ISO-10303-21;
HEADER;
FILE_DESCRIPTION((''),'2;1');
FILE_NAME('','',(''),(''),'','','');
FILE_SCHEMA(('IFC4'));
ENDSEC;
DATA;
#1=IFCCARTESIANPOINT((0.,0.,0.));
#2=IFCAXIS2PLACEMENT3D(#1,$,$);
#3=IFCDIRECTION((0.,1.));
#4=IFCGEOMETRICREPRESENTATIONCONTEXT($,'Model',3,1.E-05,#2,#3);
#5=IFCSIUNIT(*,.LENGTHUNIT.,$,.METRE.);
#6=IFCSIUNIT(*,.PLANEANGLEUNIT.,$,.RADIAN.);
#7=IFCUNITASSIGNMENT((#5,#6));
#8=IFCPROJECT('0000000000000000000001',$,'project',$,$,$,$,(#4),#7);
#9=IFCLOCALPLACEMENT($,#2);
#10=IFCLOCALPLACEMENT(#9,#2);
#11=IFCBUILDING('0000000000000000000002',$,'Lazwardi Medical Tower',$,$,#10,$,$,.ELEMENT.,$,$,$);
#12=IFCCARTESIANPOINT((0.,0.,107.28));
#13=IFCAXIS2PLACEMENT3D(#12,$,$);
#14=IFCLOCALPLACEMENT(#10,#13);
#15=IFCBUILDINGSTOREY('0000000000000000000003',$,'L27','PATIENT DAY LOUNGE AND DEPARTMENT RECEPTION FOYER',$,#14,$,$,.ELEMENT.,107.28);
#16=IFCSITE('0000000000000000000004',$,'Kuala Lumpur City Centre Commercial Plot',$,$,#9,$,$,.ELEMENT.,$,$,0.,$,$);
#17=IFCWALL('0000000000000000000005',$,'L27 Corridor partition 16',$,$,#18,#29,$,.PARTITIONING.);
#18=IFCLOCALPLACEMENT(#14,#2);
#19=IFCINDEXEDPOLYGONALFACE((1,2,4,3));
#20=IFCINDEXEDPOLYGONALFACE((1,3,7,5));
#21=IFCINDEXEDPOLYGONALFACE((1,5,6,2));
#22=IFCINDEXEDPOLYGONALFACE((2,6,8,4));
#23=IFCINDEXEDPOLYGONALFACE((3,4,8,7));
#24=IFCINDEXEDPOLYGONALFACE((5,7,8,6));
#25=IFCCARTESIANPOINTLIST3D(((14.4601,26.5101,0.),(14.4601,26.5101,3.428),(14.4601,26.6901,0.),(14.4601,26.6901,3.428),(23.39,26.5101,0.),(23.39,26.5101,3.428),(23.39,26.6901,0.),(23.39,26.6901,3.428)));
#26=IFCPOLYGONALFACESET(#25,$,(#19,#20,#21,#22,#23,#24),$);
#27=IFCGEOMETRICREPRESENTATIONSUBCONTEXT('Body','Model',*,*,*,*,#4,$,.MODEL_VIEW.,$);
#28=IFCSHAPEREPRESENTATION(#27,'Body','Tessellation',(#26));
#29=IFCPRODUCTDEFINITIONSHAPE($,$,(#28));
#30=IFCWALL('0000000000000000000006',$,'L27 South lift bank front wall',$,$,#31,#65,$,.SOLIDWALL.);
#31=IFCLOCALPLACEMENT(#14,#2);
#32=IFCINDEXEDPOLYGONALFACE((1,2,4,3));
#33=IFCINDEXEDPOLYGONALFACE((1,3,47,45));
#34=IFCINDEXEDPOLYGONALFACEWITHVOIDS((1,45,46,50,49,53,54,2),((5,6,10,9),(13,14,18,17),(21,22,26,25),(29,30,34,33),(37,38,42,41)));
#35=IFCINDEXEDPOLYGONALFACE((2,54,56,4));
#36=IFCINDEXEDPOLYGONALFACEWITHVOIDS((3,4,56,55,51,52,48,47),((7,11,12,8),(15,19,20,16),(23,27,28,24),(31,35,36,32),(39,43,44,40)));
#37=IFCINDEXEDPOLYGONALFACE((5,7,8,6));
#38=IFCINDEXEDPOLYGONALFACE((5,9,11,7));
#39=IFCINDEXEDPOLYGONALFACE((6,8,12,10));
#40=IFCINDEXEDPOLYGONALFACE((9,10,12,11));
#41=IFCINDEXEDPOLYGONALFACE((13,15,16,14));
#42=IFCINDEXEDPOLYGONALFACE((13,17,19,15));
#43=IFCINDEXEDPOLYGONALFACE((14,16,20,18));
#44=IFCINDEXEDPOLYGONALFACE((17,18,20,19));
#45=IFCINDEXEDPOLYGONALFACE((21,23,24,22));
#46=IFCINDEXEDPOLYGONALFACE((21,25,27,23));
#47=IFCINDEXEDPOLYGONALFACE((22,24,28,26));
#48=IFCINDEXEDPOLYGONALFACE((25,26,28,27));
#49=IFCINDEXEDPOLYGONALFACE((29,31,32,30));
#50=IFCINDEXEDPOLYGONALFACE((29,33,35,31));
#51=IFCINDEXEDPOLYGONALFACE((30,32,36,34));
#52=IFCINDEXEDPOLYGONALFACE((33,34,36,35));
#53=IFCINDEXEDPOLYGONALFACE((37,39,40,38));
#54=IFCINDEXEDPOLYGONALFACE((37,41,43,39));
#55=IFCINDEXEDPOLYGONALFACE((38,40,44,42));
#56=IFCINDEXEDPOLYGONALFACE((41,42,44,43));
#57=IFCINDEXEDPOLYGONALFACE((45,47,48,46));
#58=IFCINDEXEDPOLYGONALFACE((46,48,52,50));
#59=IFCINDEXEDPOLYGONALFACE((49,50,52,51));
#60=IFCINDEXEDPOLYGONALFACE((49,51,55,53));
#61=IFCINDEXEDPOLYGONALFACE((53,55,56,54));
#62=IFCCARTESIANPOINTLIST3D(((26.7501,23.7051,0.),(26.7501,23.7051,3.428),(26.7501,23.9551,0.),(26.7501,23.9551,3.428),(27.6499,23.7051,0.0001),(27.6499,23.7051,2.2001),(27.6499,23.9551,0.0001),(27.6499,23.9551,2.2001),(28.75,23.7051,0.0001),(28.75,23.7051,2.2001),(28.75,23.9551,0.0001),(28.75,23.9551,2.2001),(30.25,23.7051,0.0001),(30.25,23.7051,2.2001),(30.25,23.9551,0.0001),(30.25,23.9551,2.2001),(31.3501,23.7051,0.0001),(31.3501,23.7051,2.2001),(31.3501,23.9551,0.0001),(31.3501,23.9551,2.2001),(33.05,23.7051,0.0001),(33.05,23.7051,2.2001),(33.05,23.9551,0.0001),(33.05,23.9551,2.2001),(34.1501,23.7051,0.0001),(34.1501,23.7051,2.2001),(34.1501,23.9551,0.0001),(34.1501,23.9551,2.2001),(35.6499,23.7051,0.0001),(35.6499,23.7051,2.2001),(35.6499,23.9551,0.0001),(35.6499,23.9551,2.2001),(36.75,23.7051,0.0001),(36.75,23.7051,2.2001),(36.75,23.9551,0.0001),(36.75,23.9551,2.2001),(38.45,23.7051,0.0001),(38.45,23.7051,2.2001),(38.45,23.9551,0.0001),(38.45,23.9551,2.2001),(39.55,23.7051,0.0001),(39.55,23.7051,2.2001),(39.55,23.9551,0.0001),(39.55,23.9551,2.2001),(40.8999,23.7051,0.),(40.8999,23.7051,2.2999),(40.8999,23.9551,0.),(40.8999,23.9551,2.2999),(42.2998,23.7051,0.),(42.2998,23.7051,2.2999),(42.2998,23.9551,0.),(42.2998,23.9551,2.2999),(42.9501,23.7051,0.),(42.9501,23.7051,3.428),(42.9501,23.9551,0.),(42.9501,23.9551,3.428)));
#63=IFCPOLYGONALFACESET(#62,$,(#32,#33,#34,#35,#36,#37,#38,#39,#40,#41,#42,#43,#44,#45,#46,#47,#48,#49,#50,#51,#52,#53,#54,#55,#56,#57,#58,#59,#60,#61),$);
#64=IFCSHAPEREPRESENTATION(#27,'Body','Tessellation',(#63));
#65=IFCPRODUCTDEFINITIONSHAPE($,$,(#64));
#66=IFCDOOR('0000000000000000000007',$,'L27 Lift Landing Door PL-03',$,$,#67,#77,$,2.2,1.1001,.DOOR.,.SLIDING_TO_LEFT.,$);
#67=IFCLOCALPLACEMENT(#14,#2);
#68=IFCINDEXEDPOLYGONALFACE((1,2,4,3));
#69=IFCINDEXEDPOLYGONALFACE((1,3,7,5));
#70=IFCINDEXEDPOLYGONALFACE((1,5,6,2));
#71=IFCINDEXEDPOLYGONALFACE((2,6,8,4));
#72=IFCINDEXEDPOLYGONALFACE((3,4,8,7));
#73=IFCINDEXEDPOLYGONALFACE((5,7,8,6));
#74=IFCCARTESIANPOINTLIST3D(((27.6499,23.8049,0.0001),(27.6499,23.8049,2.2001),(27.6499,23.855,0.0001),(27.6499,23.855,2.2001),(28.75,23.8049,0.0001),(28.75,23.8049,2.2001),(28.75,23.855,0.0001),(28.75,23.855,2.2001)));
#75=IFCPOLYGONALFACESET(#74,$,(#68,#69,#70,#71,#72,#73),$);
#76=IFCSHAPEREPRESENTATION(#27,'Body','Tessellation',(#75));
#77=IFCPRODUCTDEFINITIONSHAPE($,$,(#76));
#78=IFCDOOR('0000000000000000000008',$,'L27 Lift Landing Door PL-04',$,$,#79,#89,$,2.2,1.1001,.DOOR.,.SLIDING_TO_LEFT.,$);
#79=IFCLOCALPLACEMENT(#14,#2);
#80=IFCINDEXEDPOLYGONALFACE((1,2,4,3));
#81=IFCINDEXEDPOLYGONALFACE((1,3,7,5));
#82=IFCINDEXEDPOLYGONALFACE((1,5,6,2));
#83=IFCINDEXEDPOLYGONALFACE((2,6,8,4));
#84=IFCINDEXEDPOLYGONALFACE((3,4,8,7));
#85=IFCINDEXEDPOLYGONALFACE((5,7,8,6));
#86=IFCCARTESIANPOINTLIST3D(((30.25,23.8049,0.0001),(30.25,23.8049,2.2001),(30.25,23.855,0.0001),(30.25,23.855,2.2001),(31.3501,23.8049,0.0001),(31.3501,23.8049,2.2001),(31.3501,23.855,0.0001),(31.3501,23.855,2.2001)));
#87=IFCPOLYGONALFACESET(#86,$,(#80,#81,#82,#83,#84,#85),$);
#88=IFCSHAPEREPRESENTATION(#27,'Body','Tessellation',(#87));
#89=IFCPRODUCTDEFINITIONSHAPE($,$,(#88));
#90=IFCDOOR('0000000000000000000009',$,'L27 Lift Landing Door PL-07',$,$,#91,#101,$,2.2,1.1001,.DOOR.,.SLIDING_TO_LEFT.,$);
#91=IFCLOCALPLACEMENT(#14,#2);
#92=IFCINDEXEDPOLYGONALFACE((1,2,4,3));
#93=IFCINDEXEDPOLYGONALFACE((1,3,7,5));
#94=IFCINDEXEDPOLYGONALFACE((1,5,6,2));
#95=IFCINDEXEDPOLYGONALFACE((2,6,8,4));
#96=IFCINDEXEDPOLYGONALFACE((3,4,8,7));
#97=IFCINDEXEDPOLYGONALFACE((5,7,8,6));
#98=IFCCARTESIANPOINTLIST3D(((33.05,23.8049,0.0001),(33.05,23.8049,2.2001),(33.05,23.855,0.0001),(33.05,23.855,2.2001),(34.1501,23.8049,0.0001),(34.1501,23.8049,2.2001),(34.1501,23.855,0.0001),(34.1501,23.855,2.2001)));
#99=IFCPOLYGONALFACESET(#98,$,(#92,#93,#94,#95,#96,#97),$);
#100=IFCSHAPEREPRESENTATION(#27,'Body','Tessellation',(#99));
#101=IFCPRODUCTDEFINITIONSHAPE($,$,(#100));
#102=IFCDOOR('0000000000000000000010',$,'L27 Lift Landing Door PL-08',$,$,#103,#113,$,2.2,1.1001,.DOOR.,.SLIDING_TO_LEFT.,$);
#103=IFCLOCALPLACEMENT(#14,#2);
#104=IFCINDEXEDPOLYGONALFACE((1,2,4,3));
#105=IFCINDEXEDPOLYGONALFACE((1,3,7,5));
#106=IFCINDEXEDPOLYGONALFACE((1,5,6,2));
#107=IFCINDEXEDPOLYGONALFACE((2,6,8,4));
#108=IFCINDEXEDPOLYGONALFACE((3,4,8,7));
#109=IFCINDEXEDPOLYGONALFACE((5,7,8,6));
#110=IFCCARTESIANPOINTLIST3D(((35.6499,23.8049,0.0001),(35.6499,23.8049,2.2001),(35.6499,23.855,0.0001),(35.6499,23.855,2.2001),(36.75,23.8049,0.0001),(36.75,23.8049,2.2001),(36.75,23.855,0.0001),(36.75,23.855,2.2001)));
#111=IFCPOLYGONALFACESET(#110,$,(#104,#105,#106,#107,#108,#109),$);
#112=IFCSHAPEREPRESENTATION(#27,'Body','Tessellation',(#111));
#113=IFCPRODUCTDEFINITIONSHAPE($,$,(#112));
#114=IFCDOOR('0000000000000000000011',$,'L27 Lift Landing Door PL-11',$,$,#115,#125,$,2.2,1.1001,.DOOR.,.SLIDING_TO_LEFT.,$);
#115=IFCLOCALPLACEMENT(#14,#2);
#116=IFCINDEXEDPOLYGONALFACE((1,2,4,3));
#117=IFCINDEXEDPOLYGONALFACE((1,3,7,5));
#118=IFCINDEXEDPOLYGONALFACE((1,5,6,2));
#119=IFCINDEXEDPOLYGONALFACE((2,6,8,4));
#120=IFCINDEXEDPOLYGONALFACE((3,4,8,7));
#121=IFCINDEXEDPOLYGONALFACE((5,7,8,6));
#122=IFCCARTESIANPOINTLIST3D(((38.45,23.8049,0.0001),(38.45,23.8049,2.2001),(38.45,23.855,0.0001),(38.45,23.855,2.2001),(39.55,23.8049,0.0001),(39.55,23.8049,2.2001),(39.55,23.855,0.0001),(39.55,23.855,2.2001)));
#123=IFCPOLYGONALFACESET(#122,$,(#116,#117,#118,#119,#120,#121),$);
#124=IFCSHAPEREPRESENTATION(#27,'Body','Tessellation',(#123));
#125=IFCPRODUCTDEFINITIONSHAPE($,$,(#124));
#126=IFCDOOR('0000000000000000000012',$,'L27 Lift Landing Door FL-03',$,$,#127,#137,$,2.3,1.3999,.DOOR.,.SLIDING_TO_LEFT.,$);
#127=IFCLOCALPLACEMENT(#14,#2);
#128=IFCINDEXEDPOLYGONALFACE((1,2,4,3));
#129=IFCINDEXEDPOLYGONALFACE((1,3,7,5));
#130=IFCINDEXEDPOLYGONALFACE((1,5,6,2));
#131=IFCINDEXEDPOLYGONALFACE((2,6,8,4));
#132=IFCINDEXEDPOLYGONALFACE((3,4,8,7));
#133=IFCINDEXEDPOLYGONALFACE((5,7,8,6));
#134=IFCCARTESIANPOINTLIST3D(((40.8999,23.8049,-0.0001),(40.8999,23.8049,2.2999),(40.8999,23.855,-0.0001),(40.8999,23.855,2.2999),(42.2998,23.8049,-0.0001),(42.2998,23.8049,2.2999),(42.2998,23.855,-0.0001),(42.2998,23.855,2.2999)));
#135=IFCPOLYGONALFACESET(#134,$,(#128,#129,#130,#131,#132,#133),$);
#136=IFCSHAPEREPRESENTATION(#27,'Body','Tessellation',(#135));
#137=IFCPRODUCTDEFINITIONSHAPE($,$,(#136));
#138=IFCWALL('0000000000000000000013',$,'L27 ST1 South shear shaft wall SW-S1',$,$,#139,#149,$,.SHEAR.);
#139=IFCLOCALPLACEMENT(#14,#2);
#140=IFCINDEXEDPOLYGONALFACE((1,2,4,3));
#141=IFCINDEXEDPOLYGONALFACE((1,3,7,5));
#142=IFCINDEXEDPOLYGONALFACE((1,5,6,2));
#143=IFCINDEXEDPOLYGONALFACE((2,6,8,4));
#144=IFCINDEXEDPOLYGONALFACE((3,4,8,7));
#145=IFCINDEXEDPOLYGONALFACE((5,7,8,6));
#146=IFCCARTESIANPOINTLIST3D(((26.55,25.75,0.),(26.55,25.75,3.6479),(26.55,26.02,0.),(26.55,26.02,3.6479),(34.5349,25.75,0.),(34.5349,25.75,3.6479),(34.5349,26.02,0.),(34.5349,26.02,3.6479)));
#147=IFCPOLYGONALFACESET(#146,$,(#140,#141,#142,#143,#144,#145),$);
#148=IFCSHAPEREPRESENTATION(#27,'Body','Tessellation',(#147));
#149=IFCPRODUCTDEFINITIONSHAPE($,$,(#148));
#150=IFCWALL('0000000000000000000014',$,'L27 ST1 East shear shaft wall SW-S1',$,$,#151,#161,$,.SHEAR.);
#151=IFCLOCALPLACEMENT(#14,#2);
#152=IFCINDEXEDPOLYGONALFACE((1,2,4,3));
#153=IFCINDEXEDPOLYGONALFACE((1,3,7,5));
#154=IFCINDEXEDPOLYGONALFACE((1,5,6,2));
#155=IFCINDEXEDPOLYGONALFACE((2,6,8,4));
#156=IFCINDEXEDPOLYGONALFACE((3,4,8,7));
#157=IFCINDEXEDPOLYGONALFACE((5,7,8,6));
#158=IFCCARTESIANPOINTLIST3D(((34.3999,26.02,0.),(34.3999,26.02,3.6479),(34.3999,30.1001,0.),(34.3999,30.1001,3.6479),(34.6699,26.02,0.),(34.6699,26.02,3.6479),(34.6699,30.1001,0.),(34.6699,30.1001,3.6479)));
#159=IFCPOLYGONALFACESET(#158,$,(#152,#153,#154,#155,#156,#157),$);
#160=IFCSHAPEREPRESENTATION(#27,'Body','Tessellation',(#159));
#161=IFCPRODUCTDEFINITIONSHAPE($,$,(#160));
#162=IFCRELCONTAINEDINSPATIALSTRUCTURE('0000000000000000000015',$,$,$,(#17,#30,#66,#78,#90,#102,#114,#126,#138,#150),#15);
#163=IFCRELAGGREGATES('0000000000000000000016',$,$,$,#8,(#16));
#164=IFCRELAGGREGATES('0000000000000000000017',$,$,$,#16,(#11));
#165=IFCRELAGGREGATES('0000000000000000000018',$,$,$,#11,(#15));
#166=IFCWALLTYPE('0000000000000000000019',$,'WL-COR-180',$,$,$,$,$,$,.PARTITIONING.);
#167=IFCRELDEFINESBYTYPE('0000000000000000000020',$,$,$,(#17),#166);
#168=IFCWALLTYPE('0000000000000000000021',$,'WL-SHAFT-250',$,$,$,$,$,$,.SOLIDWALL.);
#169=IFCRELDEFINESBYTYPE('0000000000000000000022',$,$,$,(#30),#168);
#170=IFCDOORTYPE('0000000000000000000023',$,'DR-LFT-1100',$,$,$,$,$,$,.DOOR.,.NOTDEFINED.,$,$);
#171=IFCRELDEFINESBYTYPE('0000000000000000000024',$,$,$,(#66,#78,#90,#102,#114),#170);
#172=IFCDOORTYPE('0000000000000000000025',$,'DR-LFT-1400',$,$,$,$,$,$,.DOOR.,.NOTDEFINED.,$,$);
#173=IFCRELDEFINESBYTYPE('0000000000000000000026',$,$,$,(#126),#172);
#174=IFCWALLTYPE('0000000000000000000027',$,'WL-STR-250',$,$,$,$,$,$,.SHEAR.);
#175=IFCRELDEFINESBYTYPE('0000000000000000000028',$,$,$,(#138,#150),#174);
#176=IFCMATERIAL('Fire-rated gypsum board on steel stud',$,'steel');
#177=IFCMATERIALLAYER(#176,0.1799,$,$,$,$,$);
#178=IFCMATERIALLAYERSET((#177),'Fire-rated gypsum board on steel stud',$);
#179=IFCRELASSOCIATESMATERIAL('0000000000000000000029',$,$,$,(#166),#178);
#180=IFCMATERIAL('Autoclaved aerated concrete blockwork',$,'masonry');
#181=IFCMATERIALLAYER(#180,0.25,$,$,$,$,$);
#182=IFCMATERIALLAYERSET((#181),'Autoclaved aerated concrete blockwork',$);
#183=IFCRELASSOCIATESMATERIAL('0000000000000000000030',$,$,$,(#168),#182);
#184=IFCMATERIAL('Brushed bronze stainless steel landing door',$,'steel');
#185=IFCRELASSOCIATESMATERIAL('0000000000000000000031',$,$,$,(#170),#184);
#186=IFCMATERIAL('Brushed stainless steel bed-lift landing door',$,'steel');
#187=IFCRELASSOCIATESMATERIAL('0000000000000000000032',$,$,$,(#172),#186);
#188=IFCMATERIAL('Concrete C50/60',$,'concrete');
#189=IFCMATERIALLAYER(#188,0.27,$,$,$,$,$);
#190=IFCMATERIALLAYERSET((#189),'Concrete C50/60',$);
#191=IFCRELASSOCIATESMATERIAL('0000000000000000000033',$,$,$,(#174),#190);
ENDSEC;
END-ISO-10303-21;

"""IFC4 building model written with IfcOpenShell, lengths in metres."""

from ifc_helpers import new_model, si_unit, direction, frame, frame_2d, origin, place, context, subcontext, project, spatial, rectangle, extrude, material, layer, layer_set, type_object, element, fill, save


model = new_model("IFC4")

# Units and contexts
model_context = context("Model", 3, precision=1e-05, world=origin(), true_north=direction((0.0, 1.0)))
body_context = subcontext(model_context, "Body", "Model", "MODEL_VIEW")
ifc_project = project(units=[si_unit("LENGTHUNIT", "METRE"), si_unit("PLANEANGLEUNIT", "RADIAN")], contexts=[model_context])

# Site, building, storey
site_placement = place(None, origin())
site = spatial("IfcSite", under=ifc_project, at=site_placement, Name="Kuala Lumpur City Centre Commercial Plot", CompositionType="ELEMENT", RefElevation=0.0)
building_placement = place(site_placement, origin())
building = spatial("IfcBuilding", under=site, at=building_placement, Name="Lazwardi Medical Tower", CompositionType="ELEMENT")
storey_placement = place(building_placement, frame((0.0, 0.0, 107.28)))
storey = spatial("IfcBuildingStorey", under=building, at=storey_placement, Name="L27", Description="PATIENT DAY LOUNGE AND DEPARTMENT RECEPTION FOYER", CompositionType="ELEMENT", Elevation=107.28)

# Wall
ifc_material_1 = material(Name="Fire-rated gypsum board on steel stud", Category="steel")
ifc_layer_1 = layer(ifc_material_1, 0.1799)
ifc_layer_set_1 = layer_set([ifc_layer_1], Name="Fire-rated gypsum board on steel stud")
wall_type_1 = type_object("IfcWallType", Name="WL-COR-180", PredefinedType="PARTITIONING", material=ifc_layer_set_1)
wall_1_placement = place(storey_placement, frame((23.3899, 26.6001, 0.0), z_axis=(0.0, 0.0, 1.0), x_axis=(-1.0, 0.0, 0.0)))
element("IfcWall", 1, at=wall_1_placement, inside=storey, type_object=wall_type_1, Name="L27 Corridor partition 16", PredefinedType="PARTITIONING", context=body_context, shape_type="SweptSolid", body=[
    extrude(rectangle(XDim=8.9299, YDim=0.1799, at=frame_2d((4.4648, 0.0))), origin(), (0.0, 0.0, 1.0), 3.428),
])

# Wall, openings, doors
ifc_material_2 = material(Name="Autoclaved aerated concrete blockwork", Category="masonry")
ifc_layer_2 = layer(ifc_material_2, 0.25)
ifc_layer_set_2 = layer_set([ifc_layer_2], Name="Autoclaved aerated concrete blockwork")
wall_type_2 = type_object("IfcWallType", Name="WL-SHAFT-250", PredefinedType="SOLIDWALL", material=ifc_layer_set_2)
wall_2_placement = place(storey_placement, frame((26.75, 23.8301, 0.0), z_axis=(0.0, 0.0, 1.0), x_axis=(1.0, 0.0, 0.0)))
wall_2 = element("IfcWall", 2, at=wall_2_placement, inside=storey, type_object=wall_type_2, Name="L27 South lift bank front wall", PredefinedType="SOLIDWALL", context=body_context, shape_type="SweptSolid", body=[
    extrude(rectangle(XDim=16.2, YDim=0.25, at=frame_2d((8.1001, 0.0))), origin(), (0.0, 0.0, 1.0), 3.428),
])
opening_1_placement = place(wall_2_placement, frame((0.8999, 0.0, 0.0)))
opening_1 = element("IfcOpeningElement", 3, at=opening_1_placement, cuts=wall_2, PredefinedType="OPENING", context=body_context, shape_type="SweptSolid", body=[
    extrude(rectangle(XDim=1.1001, YDim=2.2, at=frame_2d((0.55, 1.1001))), frame((0.0, 0.135, 0.0), z_axis=(0.0, -1.0, 0.0), x_axis=(1.0, 0.0, 0.0)), (0.0, 0.0, 1.0), 0.27),
])
opening_2_placement = place(wall_2_placement, frame((3.5, 0.0, 0.0)))
opening_2 = element("IfcOpeningElement", 4, at=opening_2_placement, cuts=wall_2, PredefinedType="OPENING", context=body_context, shape_type="SweptSolid", body=[
    extrude(rectangle(XDim=1.1001, YDim=2.2, at=frame_2d((0.55, 1.1001))), frame((0.0, 0.135, 0.0), z_axis=(0.0, -1.0, 0.0), x_axis=(1.0, 0.0, 0.0)), (0.0, 0.0, 1.0), 0.27),
])
opening_3_placement = place(wall_2_placement, frame((6.3, 0.0, 0.0)))
opening_3 = element("IfcOpeningElement", 5, at=opening_3_placement, cuts=wall_2, PredefinedType="OPENING", context=body_context, shape_type="SweptSolid", body=[
    extrude(rectangle(XDim=1.1001, YDim=2.2, at=frame_2d((0.55, 1.1001))), frame((0.0, 0.135, 0.0), z_axis=(0.0, -1.0, 0.0), x_axis=(1.0, 0.0, 0.0)), (0.0, 0.0, 1.0), 0.27),
])
opening_4_placement = place(wall_2_placement, frame((8.8999, 0.0, 0.0)))
opening_4 = element("IfcOpeningElement", 6, at=opening_4_placement, cuts=wall_2, PredefinedType="OPENING", context=body_context, shape_type="SweptSolid", body=[
    extrude(rectangle(XDim=1.1001, YDim=2.2, at=frame_2d((0.55, 1.1001))), frame((0.0, 0.135, 0.0), z_axis=(0.0, -1.0, 0.0), x_axis=(1.0, 0.0, 0.0)), (0.0, 0.0, 1.0), 0.27),
])
opening_5_placement = place(wall_2_placement, frame((11.7, 0.0, 0.0)))
opening_5 = element("IfcOpeningElement", 7, at=opening_5_placement, cuts=wall_2, PredefinedType="OPENING", context=body_context, shape_type="SweptSolid", body=[
    extrude(rectangle(XDim=1.1001, YDim=2.2, at=frame_2d((0.55, 1.1001))), frame((0.0, 0.135, 0.0), z_axis=(0.0, -1.0, 0.0), x_axis=(1.0, 0.0, 0.0)), (0.0, 0.0, 1.0), 0.27),
])
opening_6_placement = place(wall_2_placement, frame((14.1499, 0.0, 0.0)))
opening_6 = element("IfcOpeningElement", 8, at=opening_6_placement, cuts=wall_2, PredefinedType="OPENING", context=body_context, shape_type="SweptSolid", body=[
    extrude(rectangle(XDim=1.3999, YDim=2.3, at=frame_2d((0.7, 1.1499))), frame((0.0, 0.135, 0.0), z_axis=(0.0, -1.0, 0.0), x_axis=(1.0, 0.0, 0.0)), (0.0, 0.0, 1.0), 0.27),
])
ifc_material_3 = material(Name="Brushed bronze stainless steel landing door", Category="steel")
door_type_1 = type_object("IfcDoorType", Name="DR-LFT-1100", OperationType="NOTDEFINED", PredefinedType="DOOR", material=ifc_material_3)
door_1_placement = place(opening_1_placement, origin())
door_1 = element("IfcDoor", 9, at=door_1_placement, inside=storey, type_object=door_type_1, Name="L27 Lift Landing Door PL-03", OperationType="SLIDING_TO_LEFT", OverallHeight=2.2, OverallWidth=1.1001, PredefinedType="DOOR", context=body_context, shape_type="SweptSolid", body=[
    extrude(rectangle(XDim=1.1001, YDim=2.2, at=frame_2d((0.55, 1.1001))), frame((0.0, 0.0249, 0.0), z_axis=(0.0, -1.0, 0.0), x_axis=(1.0, 0.0, 0.0)), (0.0, 0.0, 1.0), 0.05),
])
fill(opening_1, door_1)
door_2_placement = place(opening_2_placement, origin())
door_2 = element("IfcDoor", 10, at=door_2_placement, inside=storey, type_object=door_type_1, Name="L27 Lift Landing Door PL-04", OperationType="SLIDING_TO_LEFT", OverallHeight=2.2, OverallWidth=1.1001, PredefinedType="DOOR", context=body_context, shape_type="SweptSolid", body=[
    extrude(rectangle(XDim=1.1001, YDim=2.2, at=frame_2d((0.55, 1.1001))), frame((0.0, 0.0249, 0.0), z_axis=(0.0, -1.0, 0.0), x_axis=(1.0, 0.0, 0.0)), (0.0, 0.0, 1.0), 0.05),
])
fill(opening_2, door_2)
door_3_placement = place(opening_3_placement, origin())
door_3 = element("IfcDoor", 11, at=door_3_placement, inside=storey, type_object=door_type_1, Name="L27 Lift Landing Door PL-07", OperationType="SLIDING_TO_LEFT", OverallHeight=2.2, OverallWidth=1.1001, PredefinedType="DOOR", context=body_context, shape_type="SweptSolid", body=[
    extrude(rectangle(XDim=1.1001, YDim=2.2, at=frame_2d((0.55, 1.1001))), frame((0.0, 0.0249, 0.0), z_axis=(0.0, -1.0, 0.0), x_axis=(1.0, 0.0, 0.0)), (0.0, 0.0, 1.0), 0.05),
])
fill(opening_3, door_3)
door_4_placement = place(opening_4_placement, origin())
door_4 = element("IfcDoor", 12, at=door_4_placement, inside=storey, type_object=door_type_1, Name="L27 Lift Landing Door PL-08", OperationType="SLIDING_TO_LEFT", OverallHeight=2.2, OverallWidth=1.1001, PredefinedType="DOOR", context=body_context, shape_type="SweptSolid", body=[
    extrude(rectangle(XDim=1.1001, YDim=2.2, at=frame_2d((0.55, 1.1001))), frame((0.0, 0.0249, 0.0), z_axis=(0.0, -1.0, 0.0), x_axis=(1.0, 0.0, 0.0)), (0.0, 0.0, 1.0), 0.05),
])
fill(opening_4, door_4)
door_5_placement = place(opening_5_placement, origin())
door_5 = element("IfcDoor", 13, at=door_5_placement, inside=storey, type_object=door_type_1, Name="L27 Lift Landing Door PL-11", OperationType="SLIDING_TO_LEFT", OverallHeight=2.2, OverallWidth=1.1001, PredefinedType="DOOR", context=body_context, shape_type="SweptSolid", body=[
    extrude(rectangle(XDim=1.1001, YDim=2.2, at=frame_2d((0.55, 1.1001))), frame((0.0, 0.0249, 0.0), z_axis=(0.0, -1.0, 0.0), x_axis=(1.0, 0.0, 0.0)), (0.0, 0.0, 1.0), 0.05),
])
fill(opening_5, door_5)
ifc_material_4 = material(Name="Brushed stainless steel bed-lift landing door", Category="steel")
door_type_2 = type_object("IfcDoorType", Name="DR-LFT-1400", OperationType="NOTDEFINED", PredefinedType="DOOR", material=ifc_material_4)
door_6_placement = place(opening_6_placement, origin())
door_6 = element("IfcDoor", 14, at=door_6_placement, inside=storey, type_object=door_type_2, Name="L27 Lift Landing Door FL-03", OperationType="SLIDING_TO_LEFT", OverallHeight=2.3, OverallWidth=1.3999, PredefinedType="DOOR", context=body_context, shape_type="SweptSolid", body=[
    extrude(rectangle(XDim=1.3999, YDim=2.3, at=frame_2d((0.7, 1.1499))), frame((0.0, 0.0249, 0.0), z_axis=(0.0, -1.0, 0.0), x_axis=(1.0, 0.0, 0.0)), (0.0, 0.0, 1.0), 0.05),
])
fill(opening_6, door_6)

# Wall
ifc_material_5 = material(Name="Concrete C50/60", Category="concrete")
ifc_layer_3 = layer(ifc_material_5, 0.27)
ifc_layer_set_3 = layer_set([ifc_layer_3], Name="Concrete C50/60")
wall_type_3 = type_object("IfcWallType", Name="WL-STR-250", PredefinedType="SHEAR", material=ifc_layer_set_3)
wall_3_placement = place(storey_placement, frame((26.55, 25.885, 0.0), z_axis=(0.0, 0.0, 1.0), x_axis=(1.0, 0.0, 0.0)))
element("IfcWall", 15, at=wall_3_placement, inside=storey, type_object=wall_type_3, Name="L27 ST1 South shear shaft wall SW-S1", PredefinedType="SHEAR", context=body_context, shape_type="SweptSolid", body=[
    extrude(rectangle(XDim=7.9849, YDim=0.27, at=frame_2d((3.9924, 0.0))), origin(), (0.0, 0.0, 1.0), 3.6479),
])

# Wall
wall_4_placement = place(storey_placement, frame((34.5349, 26.02, 0.0), z_axis=(0.0, 0.0, 1.0), x_axis=(0.0, 1.0, 0.0)))
element("IfcWall", 16, at=wall_4_placement, inside=storey, type_object=wall_type_3, Name="L27 ST1 East shear shaft wall SW-S1", PredefinedType="SHEAR", context=body_context, shape_type="SweptSolid", body=[
    extrude(rectangle(XDim=4.0801, YDim=0.27, at=frame_2d((2.04, 0.0))), origin(), (0.0, 0.0, 1.0), 3.6479),
])

save(model, "model.ifc")
